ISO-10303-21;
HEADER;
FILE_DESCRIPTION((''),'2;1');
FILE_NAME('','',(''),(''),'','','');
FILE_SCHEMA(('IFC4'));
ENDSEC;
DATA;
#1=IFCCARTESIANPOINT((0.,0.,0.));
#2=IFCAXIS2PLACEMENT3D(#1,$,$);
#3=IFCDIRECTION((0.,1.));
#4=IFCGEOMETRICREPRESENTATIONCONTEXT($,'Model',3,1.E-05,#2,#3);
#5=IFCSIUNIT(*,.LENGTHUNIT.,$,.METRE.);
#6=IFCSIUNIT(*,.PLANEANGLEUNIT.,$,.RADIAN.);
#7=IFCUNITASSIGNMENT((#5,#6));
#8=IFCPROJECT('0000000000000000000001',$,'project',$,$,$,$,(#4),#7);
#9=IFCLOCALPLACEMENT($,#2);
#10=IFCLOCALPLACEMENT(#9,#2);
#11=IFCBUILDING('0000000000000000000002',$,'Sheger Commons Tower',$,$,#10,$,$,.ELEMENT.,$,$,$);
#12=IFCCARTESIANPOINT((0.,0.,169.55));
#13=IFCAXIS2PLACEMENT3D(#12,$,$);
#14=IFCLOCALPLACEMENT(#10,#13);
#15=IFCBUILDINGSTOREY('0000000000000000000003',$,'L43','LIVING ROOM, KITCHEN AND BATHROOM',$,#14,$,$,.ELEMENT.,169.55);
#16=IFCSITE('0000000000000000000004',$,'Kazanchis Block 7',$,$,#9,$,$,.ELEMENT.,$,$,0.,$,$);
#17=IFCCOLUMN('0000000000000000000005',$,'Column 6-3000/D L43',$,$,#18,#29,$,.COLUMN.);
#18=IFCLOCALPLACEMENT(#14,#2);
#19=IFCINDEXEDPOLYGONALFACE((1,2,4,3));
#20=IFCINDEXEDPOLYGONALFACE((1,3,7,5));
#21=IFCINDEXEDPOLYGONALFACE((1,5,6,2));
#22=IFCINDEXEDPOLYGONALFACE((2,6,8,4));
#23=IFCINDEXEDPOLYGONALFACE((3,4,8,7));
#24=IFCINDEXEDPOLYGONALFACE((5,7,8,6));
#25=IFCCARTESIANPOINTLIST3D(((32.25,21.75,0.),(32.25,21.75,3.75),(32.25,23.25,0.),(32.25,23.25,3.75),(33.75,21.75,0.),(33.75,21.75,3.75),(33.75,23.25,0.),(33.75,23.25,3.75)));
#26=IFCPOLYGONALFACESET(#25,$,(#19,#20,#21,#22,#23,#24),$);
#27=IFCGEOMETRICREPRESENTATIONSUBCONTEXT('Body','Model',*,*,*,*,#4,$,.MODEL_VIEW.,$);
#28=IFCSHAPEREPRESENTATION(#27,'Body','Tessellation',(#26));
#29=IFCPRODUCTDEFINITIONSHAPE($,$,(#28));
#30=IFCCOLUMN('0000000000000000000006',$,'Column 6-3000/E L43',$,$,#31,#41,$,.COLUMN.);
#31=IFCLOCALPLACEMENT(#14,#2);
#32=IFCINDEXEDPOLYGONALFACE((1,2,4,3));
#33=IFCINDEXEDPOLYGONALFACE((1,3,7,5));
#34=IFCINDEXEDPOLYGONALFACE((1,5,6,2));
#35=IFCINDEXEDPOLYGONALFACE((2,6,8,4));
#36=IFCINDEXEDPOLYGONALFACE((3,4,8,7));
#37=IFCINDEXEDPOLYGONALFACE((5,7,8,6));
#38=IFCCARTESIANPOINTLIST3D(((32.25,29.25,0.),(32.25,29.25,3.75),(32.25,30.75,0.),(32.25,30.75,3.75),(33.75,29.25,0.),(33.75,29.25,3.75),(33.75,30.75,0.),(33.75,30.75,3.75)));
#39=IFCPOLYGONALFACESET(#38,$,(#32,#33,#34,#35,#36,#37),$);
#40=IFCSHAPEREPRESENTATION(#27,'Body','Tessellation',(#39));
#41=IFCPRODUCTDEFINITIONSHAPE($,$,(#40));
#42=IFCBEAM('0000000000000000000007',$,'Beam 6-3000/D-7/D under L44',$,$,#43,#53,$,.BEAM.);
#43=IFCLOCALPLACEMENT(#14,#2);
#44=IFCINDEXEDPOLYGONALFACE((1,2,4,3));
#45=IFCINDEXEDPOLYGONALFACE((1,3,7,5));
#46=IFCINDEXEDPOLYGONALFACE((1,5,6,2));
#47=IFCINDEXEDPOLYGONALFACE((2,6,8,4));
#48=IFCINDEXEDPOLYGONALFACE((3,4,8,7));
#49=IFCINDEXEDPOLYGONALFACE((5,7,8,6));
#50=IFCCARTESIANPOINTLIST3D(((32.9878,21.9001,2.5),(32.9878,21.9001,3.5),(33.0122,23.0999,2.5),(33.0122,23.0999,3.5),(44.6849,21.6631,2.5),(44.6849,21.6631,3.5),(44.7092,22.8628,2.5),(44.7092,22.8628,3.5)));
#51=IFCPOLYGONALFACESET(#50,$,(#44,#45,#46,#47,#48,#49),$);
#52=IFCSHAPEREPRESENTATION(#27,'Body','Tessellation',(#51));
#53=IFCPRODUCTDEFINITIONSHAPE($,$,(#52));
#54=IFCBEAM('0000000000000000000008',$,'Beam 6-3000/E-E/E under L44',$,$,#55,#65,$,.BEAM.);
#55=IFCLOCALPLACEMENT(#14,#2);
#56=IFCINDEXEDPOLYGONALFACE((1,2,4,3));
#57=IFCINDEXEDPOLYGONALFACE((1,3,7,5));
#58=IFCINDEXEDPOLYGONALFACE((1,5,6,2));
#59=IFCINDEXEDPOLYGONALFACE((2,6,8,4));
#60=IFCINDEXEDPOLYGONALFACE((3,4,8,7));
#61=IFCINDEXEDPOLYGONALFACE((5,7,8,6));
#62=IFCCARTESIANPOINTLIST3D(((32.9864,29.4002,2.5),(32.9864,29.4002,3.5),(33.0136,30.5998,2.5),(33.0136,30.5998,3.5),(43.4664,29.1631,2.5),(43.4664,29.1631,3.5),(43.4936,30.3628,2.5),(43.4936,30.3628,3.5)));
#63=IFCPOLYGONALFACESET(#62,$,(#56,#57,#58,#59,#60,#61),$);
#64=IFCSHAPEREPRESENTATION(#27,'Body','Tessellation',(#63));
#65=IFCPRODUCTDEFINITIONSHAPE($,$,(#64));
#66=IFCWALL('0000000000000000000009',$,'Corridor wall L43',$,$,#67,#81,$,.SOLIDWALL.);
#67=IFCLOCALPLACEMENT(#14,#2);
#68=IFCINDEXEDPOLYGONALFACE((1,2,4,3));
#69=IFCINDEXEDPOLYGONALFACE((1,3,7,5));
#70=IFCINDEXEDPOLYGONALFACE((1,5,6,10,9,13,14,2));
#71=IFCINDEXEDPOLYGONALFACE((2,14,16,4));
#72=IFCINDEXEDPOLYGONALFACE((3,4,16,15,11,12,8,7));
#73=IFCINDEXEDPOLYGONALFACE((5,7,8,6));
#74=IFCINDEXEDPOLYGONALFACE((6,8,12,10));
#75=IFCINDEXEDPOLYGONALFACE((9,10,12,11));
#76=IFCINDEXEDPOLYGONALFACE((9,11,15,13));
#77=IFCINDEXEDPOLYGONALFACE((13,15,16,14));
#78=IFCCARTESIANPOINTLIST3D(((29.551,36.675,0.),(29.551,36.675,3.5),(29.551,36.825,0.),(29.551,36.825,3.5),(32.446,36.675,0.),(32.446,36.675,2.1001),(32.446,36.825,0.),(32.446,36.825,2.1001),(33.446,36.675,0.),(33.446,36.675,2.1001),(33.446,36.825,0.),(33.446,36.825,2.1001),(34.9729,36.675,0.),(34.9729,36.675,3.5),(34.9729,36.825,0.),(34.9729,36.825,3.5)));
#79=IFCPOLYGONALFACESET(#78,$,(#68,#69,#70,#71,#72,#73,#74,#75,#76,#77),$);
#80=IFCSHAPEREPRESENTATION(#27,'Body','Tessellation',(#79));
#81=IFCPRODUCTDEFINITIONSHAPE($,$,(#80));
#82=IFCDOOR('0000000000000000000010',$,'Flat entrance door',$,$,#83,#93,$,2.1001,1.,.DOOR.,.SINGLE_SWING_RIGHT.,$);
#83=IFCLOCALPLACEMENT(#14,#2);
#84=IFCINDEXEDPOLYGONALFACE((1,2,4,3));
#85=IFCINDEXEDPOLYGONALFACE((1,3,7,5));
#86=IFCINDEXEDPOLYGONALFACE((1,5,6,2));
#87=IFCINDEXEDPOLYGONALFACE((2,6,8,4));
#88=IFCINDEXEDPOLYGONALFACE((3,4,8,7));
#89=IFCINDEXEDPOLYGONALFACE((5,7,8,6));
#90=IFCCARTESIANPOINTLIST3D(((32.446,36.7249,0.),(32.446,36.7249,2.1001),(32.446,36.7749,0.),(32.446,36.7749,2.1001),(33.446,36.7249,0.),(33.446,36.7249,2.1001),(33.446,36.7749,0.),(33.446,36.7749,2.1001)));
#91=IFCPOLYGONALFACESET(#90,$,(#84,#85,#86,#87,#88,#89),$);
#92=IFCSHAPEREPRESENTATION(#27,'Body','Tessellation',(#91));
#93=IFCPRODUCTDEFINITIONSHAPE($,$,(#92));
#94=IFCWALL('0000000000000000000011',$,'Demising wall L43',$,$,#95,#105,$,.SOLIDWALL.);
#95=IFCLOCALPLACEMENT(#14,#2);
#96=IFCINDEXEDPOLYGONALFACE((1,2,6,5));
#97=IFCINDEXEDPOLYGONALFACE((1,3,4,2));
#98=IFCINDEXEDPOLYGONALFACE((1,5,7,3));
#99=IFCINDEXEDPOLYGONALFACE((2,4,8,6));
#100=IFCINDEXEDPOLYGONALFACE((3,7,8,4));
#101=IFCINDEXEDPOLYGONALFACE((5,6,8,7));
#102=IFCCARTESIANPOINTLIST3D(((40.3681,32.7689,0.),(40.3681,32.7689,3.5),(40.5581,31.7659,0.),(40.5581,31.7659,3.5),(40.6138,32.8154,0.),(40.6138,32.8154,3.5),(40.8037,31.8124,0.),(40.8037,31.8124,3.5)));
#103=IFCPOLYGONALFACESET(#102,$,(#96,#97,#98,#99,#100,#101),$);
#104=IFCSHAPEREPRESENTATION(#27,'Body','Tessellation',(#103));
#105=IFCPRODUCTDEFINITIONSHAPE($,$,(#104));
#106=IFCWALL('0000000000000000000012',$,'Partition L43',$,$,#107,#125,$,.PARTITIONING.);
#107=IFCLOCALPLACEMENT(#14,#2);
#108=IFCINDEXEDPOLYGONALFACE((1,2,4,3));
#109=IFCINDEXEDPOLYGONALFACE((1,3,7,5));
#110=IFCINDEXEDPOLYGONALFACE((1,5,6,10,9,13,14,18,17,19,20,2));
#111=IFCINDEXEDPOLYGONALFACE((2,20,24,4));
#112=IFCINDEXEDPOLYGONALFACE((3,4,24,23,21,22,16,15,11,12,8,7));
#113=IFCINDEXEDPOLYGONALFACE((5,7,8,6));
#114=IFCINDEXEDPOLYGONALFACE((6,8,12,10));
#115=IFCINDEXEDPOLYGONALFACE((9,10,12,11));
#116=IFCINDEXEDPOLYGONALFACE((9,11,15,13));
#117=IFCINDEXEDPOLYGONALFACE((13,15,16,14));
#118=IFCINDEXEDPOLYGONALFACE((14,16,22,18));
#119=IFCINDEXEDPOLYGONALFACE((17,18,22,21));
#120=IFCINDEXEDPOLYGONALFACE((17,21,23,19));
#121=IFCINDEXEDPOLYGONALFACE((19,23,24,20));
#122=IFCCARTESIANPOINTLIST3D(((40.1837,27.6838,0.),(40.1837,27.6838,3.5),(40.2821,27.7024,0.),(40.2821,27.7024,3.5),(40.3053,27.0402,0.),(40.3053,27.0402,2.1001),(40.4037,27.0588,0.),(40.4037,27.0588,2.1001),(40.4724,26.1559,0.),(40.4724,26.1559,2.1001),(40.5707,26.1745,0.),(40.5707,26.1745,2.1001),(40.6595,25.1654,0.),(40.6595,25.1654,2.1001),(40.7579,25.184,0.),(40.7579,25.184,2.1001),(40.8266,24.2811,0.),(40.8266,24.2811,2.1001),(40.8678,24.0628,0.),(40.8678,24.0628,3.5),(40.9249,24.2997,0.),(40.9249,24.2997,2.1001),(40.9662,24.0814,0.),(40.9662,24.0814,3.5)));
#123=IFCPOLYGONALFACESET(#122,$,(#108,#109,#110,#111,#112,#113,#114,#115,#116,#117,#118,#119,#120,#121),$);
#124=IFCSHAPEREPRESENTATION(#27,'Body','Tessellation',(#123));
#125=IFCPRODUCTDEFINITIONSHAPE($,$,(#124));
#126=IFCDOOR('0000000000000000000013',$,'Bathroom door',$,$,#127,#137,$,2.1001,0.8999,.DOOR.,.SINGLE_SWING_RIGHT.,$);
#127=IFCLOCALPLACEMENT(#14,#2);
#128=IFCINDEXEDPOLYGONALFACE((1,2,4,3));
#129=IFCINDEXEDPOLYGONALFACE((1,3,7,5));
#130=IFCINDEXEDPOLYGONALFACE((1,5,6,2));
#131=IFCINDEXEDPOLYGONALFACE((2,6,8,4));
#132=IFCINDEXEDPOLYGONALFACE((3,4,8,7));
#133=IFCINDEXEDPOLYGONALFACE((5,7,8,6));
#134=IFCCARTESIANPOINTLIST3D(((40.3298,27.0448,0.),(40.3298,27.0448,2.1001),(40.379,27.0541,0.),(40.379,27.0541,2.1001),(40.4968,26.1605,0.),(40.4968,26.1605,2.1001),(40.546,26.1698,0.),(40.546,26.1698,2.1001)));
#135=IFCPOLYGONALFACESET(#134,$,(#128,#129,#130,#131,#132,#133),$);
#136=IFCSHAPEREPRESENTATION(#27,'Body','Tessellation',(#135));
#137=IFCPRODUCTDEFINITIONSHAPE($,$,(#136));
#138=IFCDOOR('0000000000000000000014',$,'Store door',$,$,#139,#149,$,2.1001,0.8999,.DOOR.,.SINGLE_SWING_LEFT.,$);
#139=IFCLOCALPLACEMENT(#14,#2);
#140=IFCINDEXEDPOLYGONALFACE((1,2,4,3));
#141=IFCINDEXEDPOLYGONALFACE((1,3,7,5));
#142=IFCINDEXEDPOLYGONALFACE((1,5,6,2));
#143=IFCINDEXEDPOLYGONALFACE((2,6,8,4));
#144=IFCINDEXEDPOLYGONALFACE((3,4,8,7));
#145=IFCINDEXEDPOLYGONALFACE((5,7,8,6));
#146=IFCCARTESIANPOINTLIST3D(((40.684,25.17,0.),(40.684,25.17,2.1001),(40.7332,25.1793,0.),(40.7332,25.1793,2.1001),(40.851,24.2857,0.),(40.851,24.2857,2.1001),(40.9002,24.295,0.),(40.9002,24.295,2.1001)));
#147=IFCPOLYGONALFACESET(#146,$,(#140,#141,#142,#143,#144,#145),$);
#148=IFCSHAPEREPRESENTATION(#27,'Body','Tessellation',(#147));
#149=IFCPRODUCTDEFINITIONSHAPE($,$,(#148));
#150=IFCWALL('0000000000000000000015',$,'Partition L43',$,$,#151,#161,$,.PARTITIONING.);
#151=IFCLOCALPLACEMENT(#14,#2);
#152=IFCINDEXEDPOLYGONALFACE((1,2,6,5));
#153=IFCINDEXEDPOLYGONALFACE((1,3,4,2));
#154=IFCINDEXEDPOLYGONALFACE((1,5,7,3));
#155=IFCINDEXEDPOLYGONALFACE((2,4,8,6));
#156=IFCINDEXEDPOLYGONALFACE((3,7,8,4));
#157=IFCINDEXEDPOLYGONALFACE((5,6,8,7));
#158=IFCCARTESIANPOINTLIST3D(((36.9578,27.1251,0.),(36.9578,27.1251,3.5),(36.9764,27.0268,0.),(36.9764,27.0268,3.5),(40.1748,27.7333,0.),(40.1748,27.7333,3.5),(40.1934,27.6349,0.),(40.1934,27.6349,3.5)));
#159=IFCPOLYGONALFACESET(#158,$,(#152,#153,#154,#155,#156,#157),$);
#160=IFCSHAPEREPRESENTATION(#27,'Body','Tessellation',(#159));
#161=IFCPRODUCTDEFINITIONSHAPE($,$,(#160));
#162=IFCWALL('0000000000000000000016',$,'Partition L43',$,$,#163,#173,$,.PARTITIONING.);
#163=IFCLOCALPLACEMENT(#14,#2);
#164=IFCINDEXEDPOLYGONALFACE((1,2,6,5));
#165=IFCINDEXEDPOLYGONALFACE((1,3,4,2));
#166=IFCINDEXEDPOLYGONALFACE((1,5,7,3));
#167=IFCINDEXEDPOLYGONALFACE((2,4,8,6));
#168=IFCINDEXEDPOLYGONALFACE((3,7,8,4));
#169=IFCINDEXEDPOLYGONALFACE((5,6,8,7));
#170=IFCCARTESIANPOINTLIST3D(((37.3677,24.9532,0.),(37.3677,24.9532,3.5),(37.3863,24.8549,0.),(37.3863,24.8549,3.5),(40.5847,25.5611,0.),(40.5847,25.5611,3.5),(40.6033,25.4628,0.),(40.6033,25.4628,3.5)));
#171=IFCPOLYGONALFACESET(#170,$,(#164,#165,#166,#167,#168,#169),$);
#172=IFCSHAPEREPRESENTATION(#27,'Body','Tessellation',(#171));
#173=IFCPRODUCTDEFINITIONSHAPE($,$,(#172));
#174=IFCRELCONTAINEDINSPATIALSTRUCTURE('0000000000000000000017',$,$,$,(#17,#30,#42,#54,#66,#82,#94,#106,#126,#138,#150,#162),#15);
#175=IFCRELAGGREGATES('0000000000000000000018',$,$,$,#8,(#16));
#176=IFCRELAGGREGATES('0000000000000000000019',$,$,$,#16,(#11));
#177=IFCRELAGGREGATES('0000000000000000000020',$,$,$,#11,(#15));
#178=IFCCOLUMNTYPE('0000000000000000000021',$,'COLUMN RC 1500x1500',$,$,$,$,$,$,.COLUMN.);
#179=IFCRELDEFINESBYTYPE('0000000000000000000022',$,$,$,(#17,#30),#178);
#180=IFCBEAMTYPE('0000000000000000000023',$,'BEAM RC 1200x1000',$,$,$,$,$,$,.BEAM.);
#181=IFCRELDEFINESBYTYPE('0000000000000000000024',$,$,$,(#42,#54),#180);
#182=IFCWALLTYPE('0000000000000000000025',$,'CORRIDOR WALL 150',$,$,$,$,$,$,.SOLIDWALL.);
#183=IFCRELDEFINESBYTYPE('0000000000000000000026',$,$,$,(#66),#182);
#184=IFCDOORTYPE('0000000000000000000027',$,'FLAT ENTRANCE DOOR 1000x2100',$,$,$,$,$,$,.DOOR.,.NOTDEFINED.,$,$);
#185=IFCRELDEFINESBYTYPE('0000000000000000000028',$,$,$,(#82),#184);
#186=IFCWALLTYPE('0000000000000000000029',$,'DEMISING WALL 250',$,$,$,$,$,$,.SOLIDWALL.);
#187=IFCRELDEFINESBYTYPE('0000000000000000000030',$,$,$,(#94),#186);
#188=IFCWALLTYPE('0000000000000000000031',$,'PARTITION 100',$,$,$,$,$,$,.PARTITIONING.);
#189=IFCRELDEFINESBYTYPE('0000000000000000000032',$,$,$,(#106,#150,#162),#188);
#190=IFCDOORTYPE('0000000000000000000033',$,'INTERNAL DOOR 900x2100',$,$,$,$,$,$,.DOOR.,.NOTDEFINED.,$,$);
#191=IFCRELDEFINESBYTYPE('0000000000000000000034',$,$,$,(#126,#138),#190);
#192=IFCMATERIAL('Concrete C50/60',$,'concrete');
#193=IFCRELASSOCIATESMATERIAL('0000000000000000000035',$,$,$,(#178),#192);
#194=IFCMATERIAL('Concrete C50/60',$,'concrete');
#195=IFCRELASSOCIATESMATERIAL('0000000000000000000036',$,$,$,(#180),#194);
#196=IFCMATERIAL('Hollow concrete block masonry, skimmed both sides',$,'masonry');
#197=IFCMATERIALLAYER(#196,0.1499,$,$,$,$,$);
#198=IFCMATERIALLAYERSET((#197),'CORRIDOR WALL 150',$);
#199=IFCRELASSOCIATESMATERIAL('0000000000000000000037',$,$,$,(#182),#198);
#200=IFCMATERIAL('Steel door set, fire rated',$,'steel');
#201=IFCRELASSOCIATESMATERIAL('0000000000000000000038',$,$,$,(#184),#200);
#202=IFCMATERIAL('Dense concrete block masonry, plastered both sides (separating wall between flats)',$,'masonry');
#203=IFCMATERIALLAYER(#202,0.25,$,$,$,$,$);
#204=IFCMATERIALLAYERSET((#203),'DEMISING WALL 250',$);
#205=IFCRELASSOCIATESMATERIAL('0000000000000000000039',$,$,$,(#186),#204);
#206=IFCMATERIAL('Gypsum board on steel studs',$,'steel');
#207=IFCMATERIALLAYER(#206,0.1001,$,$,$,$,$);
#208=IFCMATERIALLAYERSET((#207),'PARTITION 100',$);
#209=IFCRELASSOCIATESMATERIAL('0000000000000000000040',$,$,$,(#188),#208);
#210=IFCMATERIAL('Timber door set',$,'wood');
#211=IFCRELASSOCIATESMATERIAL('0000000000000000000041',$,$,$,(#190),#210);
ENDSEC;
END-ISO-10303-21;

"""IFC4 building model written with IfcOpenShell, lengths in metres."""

from ifc_helpers import new_model, si_unit, direction, frame, frame_2d, origin, origin_2d, place, context, subcontext, project, spatial, rectangle, extrude, material, layer, layer_set, material_profile, profile_set, type_object, element, fill, save


model = new_model("IFC4")

# Units and contexts
model_context = context("Model", 3, precision=1e-05, world=origin(), true_north=direction((0.0, 1.0)))
body_context = subcontext(model_context, "Body", "Model", "MODEL_VIEW")
ifc_project = project(units=[si_unit("LENGTHUNIT", "METRE"), si_unit("PLANEANGLEUNIT", "RADIAN")], contexts=[model_context])

# Site, building, storey
site_placement = place(None, origin())
site = spatial("IfcSite", under=ifc_project, at=site_placement, Name="Kazanchis Block 7", CompositionType="ELEMENT", RefElevation=0.0)
building_placement = place(site_placement, origin())
building = spatial("IfcBuilding", under=site, at=building_placement, Name="Sheger Commons Tower", CompositionType="ELEMENT")
storey_placement = place(building_placement, frame((0.0, 0.0, 169.55)))
storey = spatial("IfcBuildingStorey", under=building, at=storey_placement, Name="L43", Description="LIVING ROOM, KITCHEN AND BATHROOM", CompositionType="ELEMENT", Elevation=169.55)

# Columns
ifc_material_1 = material(Name="Concrete C50/60", Category="concrete")
ifc_material_profile_1 = material_profile(ifc_material_1, rectangle(XDim=1.5, YDim=1.5, at=origin_2d()), Name="RC 1500x1500")
ifc_profile_set_1 = profile_set([ifc_material_profile_1], Name="Concrete C50/60")
column_type = type_object("IfcColumnType", Name="COLUMN RC 1500x1500", PredefinedType="COLUMN", material=ifc_profile_set_1)
for number, where, z_axis, x_axis, name in (
    (1, (33.0, 22.5, 0.0), (0.0, 0.0, 1.0), (1.0, 0.0, 0.0), "Column 6-3000/D L43"),
    (2, (33.0, 30.0, 0.0), (0.0, 0.0, 1.0), (1.0, 0.0, 0.0), "Column 6-3000/E L43"),
):
    element("IfcColumn", number, at=place(storey_placement, frame(where, z_axis=z_axis, x_axis=x_axis)), inside=storey, type_object=column_type, Name=name, PredefinedType="COLUMN", context=body_context, shape_type="SweptSolid", body=[
        extrude(rectangle(XDim=1.5, YDim=1.5, at=origin_2d()), origin(), (0.0, 0.0, 1.0), 3.75),
    ])

# Beams
ifc_material_2 = material(Name="Concrete C50/60", Category="concrete")
ifc_material_profile_2 = material_profile(ifc_material_2, rectangle(XDim=1.2, YDim=1.0, at=origin_2d()), Name="RC 1200x1000")
ifc_profile_set_2 = profile_set([ifc_material_profile_2], Name="Concrete C50/60")
beam_type = type_object("IfcBeamType", Name="BEAM RC 1200x1000", PredefinedType="BEAM", material=ifc_profile_set_2)
beam_1_placement = place(storey_placement, frame((33.0, 22.5, 3.0), z_axis=(0.999795, -0.020263, 0.0), x_axis=(0.020263, 0.999795, 0.0)))
element("IfcBeam", 3, at=beam_1_placement, inside=storey, type_object=beam_type, Name="Beam 6-3000/D-7/D under L44", PredefinedType="BEAM", context=body_context, shape_type="SweptSolid", body=[
    extrude(rectangle(XDim=1.2, YDim=1.0, at=origin_2d()), origin(), (0.0, 0.0, 1.0), 11.6995),
])
beam_2_placement = place(storey_placement, frame((33.0, 30.0, 3.0), z_axis=(0.999744, -0.022615, 0.0), x_axis=(0.022615, 0.999744, 0.0)))
element("IfcBeam", 4, at=beam_2_placement, inside=storey, type_object=beam_type, Name="Beam 6-3000/E-E/E under L44", PredefinedType="BEAM", context=body_context, shape_type="SweptSolid", body=[
    extrude(rectangle(XDim=1.2, YDim=1.0, at=origin_2d()), origin(), (0.0, 0.0, 1.0), 10.4827),
])

# Wall, opening, door
ifc_material_3 = material(Name="Hollow concrete block masonry, skimmed both sides", Category="masonry")
ifc_layer_1 = layer(ifc_material_3, 0.1499)
ifc_layer_set_1 = layer_set([ifc_layer_1], Name="CORRIDOR WALL 150")
wall_type_1 = type_object("IfcWallType", Name="CORRIDOR WALL 150", PredefinedType="SOLIDWALL", material=ifc_layer_set_1)
wall_1_placement = place(storey_placement, frame((29.551, 36.75, 0.0), z_axis=(0.0, 0.0, 1.0), x_axis=(1.0, 0.0, 0.0)))
wall_1 = element("IfcWall", 5, at=wall_1_placement, inside=storey, type_object=wall_type_1, Name="Corridor wall L43", PredefinedType="SOLIDWALL", context=body_context, shape_type="SweptSolid", body=[
    extrude(rectangle(XDim=5.4219, YDim=0.1499, at=frame_2d((2.7109, 0.0))), origin(), (0.0, 0.0, 1.0), 3.5),
])
opening_1_placement = place(wall_1_placement, frame((2.895, 0.0, 0.0)))
opening_1 = element("IfcOpeningElement", 6, at=opening_1_placement, cuts=wall_1, PredefinedType="OPENING", context=body_context, shape_type="SweptSolid", body=[
    extrude(rectangle(XDim=1.0, YDim=2.1001, at=frame_2d((0.5, 1.05))), frame((0.0, 0.085, 0.0), z_axis=(0.0, -1.0, 0.0), x_axis=(1.0, 0.0, 0.0)), (0.0, 0.0, 1.0), 0.1699),
])
ifc_material_4 = material(Name="Steel door set, fire rated", Category="steel")
door_type_1 = type_object("IfcDoorType", Name="FLAT ENTRANCE DOOR 1000x2100", OperationType="NOTDEFINED", PredefinedType="DOOR", material=ifc_material_4)
door_1_placement = place(opening_1_placement, origin())
door_1 = element("IfcDoor", 7, at=door_1_placement, inside=storey, type_object=door_type_1, Name="Flat entrance door", OperationType="SINGLE_SWING_RIGHT", OverallHeight=2.1001, OverallWidth=1.0, PredefinedType="DOOR", context=body_context, shape_type="SweptSolid", body=[
    extrude(rectangle(XDim=1.0, YDim=2.1001, at=frame_2d((0.5, 1.05))), frame((0.0, 0.0249, 0.0), z_axis=(0.0, -1.0, 0.0), x_axis=(1.0, 0.0, 0.0)), (0.0, 0.0, 1.0), 0.05),
])
fill(opening_1, door_1)

# Wall
ifc_material_5 = material(Name="Dense concrete block masonry, plastered both sides (separating wall between flats)", Category="masonry")
ifc_layer_2 = layer(ifc_material_5, 0.25)
ifc_layer_set_2 = layer_set([ifc_layer_2], Name="DEMISING WALL 250")
wall_type_2 = type_object("IfcWallType", Name="DEMISING WALL 250", PredefinedType="SOLIDWALL", material=ifc_layer_set_2)
wall_2_placement = place(storey_placement, frame((40.491, 32.792, 0.0), z_axis=(0.0, 0.0, 1.0), x_axis=(0.186079, -0.982535, 0.0)))
element("IfcWall", 8, at=wall_2_placement, inside=storey, type_object=wall_type_2, Name="Demising wall L43", PredefinedType="SOLIDWALL", context=body_context, shape_type="SweptSolid", body=[
    extrude(rectangle(XDim=1.0208, YDim=0.25, at=frame_2d((0.5103, 0.0))), origin(), (0.0, 0.0, 1.0), 3.5),
])

# Wall, openings, doors
ifc_material_6 = material(Name="Gypsum board on steel studs", Category="steel")
ifc_layer_3 = layer(ifc_material_6, 0.1001)
ifc_layer_set_3 = layer_set([ifc_layer_3], Name="PARTITION 100")
wall_type_3 = type_object("IfcWallType", Name="PARTITION 100", PredefinedType="PARTITIONING", material=ifc_layer_set_3)
wall_3_placement = place(storey_placement, frame((40.2329, 27.6931, 0.0), z_axis=(0.0, 0.0, 1.0), x_axis=(0.185632, -0.982619, 0.0)))
wall_3 = element("IfcWall", 9, at=wall_3_placement, inside=storey, type_object=wall_type_3, Name="Partition L43", PredefinedType="PARTITIONING", context=body_context, shape_type="SweptSolid", body=[
    extrude(rectangle(XDim=3.6851, YDim=0.1001, at=frame_2d((1.8425, 0.0))), origin(), (0.0, 0.0, 1.0), 3.5),
])
opening_2_placement = place(wall_3_placement, frame((0.655, 0.0, 0.0)))
opening_2 = element("IfcOpeningElement", 10, at=opening_2_placement, cuts=wall_3, PredefinedType="OPENING", context=body_context, shape_type="SweptSolid", body=[
    extrude(rectangle(XDim=0.8999, YDim=2.1001, at=frame_2d((0.45, 1.05))), frame((0.0, 0.0601, 0.0), z_axis=(0.0, -1.0, 0.0), x_axis=(1.0, 0.0, 0.0)), (0.0, 0.0, 1.0), 0.1201),
])
opening_3_placement = place(wall_3_placement, frame((2.563, 0.0, 0.0)))
opening_3 = element("IfcOpeningElement", 11, at=opening_3_placement, cuts=wall_3, PredefinedType="OPENING", context=body_context, shape_type="SweptSolid", body=[
    extrude(rectangle(XDim=0.8999, YDim=2.1001, at=frame_2d((0.45, 1.05))), frame((0.0, 0.0601, 0.0), z_axis=(0.0, -1.0, 0.0), x_axis=(1.0, 0.0, 0.0)), (0.0, 0.0, 1.0), 0.1201),
])
ifc_material_7 = material(Name="Timber door set", Category="wood")
door_type_2 = type_object("IfcDoorType", Name="INTERNAL DOOR 900x2100", OperationType="NOTDEFINED", PredefinedType="DOOR", material=ifc_material_7)
door_2_placement = place(opening_2_placement, origin())
door_2 = element("IfcDoor", 12, at=door_2_placement, inside=storey, type_object=door_type_2, Name="Bathroom door", OperationType="SINGLE_SWING_RIGHT", OverallHeight=2.1001, OverallWidth=0.8999, PredefinedType="DOOR", context=body_context, shape_type="SweptSolid", body=[
    extrude(rectangle(XDim=0.8999, YDim=2.1001, at=frame_2d((0.45, 1.05))), frame((0.0, 0.0249, 0.0), z_axis=(0.0, -1.0, 0.0), x_axis=(1.0, 0.0, 0.0)), (0.0, 0.0, 1.0), 0.05),
])
fill(opening_2, door_2)
door_3_placement = place(opening_3_placement, origin())
door_3 = element("IfcDoor", 13, at=door_3_placement, inside=storey, type_object=door_type_2, Name="Store door", OperationType="SINGLE_SWING_LEFT", OverallHeight=2.1001, OverallWidth=0.8999, PredefinedType="DOOR", context=body_context, shape_type="SweptSolid", body=[
    extrude(rectangle(XDim=0.8999, YDim=2.1001, at=frame_2d((0.45, 1.05))), frame((0.0, 0.0249, 0.0), z_axis=(0.0, -1.0, 0.0), x_axis=(1.0, 0.0, 0.0)), (0.0, 0.0, 1.0), 0.05),
])
fill(opening_3, door_3)

# Walls
for number, where, z_axis, x_axis, name in (
    (14, (40.1841, 27.6841, 0.0), (0.0, 0.0, 1.0), (-0.982597, -0.185752, 0.0), "Partition L43"),
    (15, (40.594, 25.512, 0.0), (0.0, 0.0, 1.0), (-0.98261, -0.18568, 0.0), "Partition L43"),
):
    element("IfcWall", number, at=place(storey_placement, frame(where, z_axis=z_axis, x_axis=x_axis)), inside=storey, type_object=wall_type_3, Name=name, PredefinedType="PARTITIONING", context=body_context, shape_type="SweptSolid", body=[
        extrude(rectangle(XDim=3.2739, YDim=0.1001, at=frame_2d((1.637, 0.0))), origin(), (0.0, 0.0, 1.0), 3.5),
    ])

save(model, "model.ifc")
